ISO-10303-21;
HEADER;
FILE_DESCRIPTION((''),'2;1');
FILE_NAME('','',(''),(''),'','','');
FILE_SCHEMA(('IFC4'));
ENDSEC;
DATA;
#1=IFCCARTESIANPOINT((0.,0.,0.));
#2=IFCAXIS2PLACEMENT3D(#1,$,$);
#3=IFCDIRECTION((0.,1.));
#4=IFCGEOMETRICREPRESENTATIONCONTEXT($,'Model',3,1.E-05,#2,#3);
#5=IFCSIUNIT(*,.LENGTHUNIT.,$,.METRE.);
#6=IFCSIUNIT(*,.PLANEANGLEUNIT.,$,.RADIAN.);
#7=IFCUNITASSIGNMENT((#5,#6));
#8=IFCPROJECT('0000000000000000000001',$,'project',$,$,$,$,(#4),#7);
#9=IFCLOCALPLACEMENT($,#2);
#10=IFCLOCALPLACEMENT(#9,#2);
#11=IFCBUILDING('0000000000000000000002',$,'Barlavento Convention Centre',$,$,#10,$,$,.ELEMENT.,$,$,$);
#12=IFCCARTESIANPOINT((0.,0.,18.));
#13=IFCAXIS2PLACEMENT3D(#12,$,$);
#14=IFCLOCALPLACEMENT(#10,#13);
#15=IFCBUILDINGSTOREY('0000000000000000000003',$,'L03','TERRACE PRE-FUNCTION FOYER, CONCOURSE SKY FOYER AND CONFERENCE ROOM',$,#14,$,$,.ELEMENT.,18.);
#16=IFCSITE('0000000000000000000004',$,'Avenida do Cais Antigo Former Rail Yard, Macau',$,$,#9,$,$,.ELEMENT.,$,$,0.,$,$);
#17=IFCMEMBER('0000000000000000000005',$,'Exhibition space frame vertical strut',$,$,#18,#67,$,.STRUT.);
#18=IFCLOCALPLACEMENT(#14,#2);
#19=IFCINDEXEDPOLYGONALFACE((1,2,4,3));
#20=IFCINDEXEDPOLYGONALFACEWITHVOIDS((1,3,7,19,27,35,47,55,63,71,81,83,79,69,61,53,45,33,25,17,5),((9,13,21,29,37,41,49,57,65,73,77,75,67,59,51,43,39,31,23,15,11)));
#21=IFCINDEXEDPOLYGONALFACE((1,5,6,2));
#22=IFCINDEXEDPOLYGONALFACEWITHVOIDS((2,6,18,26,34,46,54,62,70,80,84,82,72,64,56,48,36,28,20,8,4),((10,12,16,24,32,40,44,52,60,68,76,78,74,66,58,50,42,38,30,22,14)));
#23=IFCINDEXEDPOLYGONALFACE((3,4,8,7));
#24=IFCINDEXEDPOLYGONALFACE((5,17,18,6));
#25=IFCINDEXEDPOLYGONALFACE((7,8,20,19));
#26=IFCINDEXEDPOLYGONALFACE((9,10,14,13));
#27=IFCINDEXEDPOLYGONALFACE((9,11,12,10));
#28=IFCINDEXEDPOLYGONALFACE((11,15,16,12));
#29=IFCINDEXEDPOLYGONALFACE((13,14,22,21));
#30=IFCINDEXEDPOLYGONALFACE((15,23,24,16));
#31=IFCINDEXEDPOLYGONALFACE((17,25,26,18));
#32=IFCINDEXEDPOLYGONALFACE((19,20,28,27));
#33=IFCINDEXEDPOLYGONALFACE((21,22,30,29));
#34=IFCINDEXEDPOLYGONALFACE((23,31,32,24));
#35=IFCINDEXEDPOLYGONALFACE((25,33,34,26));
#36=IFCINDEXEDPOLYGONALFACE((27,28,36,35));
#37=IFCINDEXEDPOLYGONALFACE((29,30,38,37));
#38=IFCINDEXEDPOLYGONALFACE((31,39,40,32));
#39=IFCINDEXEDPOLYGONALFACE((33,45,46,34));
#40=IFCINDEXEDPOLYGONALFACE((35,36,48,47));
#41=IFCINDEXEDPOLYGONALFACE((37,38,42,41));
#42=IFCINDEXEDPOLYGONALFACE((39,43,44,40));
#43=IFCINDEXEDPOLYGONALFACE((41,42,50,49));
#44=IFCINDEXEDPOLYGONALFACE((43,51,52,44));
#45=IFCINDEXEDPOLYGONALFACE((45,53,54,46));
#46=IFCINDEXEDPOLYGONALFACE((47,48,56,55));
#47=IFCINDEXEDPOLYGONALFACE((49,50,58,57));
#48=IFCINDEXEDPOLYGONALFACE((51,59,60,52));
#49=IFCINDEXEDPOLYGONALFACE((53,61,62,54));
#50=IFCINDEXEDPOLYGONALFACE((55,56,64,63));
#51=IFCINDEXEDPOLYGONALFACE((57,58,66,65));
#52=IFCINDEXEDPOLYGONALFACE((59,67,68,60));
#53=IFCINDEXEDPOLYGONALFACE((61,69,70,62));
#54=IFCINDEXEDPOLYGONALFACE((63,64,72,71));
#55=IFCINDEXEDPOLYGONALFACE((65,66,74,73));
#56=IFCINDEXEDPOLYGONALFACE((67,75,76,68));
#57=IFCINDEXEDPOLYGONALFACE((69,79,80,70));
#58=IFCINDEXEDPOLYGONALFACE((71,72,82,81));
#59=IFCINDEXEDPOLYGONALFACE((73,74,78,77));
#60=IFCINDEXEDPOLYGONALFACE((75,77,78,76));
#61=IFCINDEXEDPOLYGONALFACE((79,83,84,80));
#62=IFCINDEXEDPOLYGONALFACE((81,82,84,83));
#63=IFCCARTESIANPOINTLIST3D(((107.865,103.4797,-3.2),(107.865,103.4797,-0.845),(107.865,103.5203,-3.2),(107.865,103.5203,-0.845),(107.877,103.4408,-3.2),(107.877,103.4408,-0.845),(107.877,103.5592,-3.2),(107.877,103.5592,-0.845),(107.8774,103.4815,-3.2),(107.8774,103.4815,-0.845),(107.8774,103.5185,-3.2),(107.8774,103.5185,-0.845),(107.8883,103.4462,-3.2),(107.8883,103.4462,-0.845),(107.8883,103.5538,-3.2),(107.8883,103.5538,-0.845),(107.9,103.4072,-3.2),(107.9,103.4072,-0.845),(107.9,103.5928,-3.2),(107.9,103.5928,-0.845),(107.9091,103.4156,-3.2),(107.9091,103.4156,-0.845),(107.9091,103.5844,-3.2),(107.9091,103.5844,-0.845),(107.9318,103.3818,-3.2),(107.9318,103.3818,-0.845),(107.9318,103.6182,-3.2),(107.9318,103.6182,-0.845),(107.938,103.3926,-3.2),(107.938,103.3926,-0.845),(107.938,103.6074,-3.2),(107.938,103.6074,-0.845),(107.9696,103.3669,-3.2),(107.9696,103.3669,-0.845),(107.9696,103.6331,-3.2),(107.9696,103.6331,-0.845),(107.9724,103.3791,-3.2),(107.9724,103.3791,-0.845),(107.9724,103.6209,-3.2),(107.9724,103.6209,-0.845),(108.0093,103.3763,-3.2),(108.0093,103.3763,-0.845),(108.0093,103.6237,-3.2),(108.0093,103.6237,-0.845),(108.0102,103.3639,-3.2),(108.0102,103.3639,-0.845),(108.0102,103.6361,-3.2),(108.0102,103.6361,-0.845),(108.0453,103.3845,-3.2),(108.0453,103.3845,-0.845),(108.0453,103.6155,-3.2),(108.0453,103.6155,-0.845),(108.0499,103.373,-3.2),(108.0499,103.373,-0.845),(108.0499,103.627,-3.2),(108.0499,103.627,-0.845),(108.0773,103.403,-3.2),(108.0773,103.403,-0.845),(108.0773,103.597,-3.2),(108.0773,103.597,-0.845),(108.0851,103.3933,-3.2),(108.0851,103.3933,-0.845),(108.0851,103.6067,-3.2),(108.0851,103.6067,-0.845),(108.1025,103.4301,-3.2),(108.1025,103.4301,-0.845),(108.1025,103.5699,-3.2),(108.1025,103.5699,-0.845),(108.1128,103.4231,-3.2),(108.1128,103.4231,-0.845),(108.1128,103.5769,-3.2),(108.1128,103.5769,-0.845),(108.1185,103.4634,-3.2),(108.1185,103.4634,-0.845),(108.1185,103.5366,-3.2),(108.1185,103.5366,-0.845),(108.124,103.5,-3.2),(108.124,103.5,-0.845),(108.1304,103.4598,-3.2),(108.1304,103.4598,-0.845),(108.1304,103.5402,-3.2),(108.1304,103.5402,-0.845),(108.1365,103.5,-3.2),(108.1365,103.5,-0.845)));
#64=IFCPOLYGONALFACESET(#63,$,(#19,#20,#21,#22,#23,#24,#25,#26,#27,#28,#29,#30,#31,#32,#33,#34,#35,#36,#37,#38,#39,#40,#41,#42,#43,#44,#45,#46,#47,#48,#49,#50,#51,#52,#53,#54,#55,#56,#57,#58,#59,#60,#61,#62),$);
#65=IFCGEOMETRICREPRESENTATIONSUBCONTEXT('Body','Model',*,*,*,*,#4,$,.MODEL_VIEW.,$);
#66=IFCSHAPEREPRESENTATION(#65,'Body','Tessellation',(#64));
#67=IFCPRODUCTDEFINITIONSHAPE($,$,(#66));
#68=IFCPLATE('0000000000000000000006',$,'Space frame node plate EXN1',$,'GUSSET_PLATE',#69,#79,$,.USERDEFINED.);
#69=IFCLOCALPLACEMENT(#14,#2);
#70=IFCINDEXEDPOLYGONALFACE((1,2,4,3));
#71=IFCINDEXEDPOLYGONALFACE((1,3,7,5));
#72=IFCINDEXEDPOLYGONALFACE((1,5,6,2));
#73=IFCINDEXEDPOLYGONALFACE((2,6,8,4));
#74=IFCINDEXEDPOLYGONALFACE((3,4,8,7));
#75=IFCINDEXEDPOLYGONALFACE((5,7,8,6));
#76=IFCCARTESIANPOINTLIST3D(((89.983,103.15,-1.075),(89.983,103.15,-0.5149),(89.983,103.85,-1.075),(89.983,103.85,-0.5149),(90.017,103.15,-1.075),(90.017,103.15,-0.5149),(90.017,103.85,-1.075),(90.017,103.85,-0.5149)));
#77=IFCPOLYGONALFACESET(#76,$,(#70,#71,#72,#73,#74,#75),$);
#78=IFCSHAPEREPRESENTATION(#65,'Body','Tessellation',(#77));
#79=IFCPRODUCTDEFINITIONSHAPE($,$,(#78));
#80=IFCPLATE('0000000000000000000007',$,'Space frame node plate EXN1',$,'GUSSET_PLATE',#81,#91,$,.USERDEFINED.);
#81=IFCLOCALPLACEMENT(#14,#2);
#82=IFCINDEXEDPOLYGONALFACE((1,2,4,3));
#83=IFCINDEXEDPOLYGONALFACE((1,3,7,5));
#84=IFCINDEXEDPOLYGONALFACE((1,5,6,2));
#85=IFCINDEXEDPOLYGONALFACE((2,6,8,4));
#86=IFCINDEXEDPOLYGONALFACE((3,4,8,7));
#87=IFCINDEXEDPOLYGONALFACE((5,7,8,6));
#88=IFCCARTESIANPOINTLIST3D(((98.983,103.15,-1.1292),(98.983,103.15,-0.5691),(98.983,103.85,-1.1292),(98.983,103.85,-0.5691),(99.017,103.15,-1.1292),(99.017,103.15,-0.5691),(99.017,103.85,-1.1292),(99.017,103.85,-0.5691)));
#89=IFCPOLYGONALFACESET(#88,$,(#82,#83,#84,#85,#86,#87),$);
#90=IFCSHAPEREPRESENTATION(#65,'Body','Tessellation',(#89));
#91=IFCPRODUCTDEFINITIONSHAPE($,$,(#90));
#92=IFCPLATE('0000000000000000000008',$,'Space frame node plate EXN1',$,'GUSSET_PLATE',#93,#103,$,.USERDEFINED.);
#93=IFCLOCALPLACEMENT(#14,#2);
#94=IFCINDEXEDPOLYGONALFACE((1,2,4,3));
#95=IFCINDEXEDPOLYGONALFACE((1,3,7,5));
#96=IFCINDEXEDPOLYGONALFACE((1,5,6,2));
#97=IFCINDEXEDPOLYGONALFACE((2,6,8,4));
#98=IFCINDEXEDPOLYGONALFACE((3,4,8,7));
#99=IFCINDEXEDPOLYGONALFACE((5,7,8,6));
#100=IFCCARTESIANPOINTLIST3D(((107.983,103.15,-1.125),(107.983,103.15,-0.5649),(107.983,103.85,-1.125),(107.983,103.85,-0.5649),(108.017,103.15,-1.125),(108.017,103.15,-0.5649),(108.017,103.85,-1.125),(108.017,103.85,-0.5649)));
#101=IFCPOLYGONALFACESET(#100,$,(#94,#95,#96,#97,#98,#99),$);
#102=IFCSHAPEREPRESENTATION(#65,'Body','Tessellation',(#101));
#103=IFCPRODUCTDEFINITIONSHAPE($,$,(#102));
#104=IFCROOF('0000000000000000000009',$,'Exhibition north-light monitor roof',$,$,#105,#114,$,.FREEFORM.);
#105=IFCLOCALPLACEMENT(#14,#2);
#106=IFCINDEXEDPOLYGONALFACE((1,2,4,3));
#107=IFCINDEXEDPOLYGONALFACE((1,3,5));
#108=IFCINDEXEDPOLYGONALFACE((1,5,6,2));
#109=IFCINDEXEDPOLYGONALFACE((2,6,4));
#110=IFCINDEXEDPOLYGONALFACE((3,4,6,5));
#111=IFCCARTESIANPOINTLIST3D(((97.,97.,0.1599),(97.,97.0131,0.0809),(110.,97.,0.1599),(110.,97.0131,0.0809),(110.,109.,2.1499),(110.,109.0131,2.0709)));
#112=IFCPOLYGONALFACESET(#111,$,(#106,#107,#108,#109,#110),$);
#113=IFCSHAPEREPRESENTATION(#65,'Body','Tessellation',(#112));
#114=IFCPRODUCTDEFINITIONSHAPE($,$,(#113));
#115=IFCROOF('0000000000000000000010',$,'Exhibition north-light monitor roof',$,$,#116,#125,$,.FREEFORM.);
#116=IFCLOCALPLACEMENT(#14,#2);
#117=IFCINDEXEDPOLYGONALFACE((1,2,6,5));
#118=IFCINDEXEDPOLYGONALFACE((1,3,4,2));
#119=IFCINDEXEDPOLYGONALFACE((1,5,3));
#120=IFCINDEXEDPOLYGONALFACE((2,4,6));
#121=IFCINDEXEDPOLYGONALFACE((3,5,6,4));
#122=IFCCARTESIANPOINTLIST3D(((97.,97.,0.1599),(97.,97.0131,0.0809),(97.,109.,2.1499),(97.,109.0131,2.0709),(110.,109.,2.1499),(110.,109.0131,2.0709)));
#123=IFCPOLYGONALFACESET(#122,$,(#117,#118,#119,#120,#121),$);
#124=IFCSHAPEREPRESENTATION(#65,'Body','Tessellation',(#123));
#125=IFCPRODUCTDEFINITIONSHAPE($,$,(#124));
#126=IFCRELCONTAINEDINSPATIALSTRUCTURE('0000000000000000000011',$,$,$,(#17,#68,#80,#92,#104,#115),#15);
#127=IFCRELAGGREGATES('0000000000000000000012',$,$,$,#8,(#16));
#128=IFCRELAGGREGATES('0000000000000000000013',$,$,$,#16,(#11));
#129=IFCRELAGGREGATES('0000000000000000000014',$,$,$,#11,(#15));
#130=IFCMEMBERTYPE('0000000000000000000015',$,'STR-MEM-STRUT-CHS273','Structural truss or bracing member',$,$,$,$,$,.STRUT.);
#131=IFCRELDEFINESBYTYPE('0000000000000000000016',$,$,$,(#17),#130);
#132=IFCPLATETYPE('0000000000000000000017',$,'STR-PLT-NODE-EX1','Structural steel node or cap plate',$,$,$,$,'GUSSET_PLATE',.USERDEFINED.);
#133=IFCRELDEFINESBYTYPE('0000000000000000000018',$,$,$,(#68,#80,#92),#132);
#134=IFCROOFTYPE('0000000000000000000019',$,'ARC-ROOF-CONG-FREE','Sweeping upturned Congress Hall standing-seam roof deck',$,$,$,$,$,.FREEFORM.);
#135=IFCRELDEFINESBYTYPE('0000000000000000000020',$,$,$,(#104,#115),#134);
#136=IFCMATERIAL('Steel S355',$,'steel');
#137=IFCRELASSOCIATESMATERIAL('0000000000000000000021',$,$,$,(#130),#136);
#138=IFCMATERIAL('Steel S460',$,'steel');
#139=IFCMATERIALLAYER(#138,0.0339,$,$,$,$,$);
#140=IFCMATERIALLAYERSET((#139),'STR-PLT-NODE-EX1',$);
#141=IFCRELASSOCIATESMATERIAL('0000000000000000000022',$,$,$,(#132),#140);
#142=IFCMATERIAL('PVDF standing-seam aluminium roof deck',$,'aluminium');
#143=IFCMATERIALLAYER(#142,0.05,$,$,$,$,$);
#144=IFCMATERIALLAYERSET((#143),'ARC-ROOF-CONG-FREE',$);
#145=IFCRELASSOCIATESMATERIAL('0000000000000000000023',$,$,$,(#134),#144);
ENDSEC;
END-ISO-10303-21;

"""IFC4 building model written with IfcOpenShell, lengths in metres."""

from ifc_helpers import new_model, si_unit, direction, frame, origin, origin_2d, place, context, subcontext, project, spatial, polyline, rectangle, hollow_circle, outline, extrude, material, layer, layer_set, material_profile, profile_set, type_object, element, save


model = new_model("IFC4")

# Units and contexts
model_context = context("Model", 3, precision=1e-05, world=origin(), true_north=direction((0.0, 1.0)))
body_context = subcontext(model_context, "Body", "Model", "MODEL_VIEW")
ifc_project = project(units=[si_unit("LENGTHUNIT", "METRE"), si_unit("PLANEANGLEUNIT", "RADIAN")], contexts=[model_context])

# Site, building, storey
site_placement = place(None, origin())
site = spatial("IfcSite", under=ifc_project, at=site_placement, Name="Avenida do Cais Antigo Former Rail Yard, Macau", CompositionType="ELEMENT", RefElevation=0.0)
building_placement = place(site_placement, origin())
building = spatial("IfcBuilding", under=site, at=building_placement, Name="Barlavento Convention Centre", CompositionType="ELEMENT")
storey_placement = place(building_placement, frame((0.0, 0.0, 18.0)))
storey = spatial("IfcBuildingStorey", under=building, at=storey_placement, Name="L03", Description="TERRACE PRE-FUNCTION FOYER, CONCOURSE SKY FOYER AND CONFERENCE ROOM", CompositionType="ELEMENT", Elevation=18.0)

# Shared definitions
ifc_material_1 = material(Name="Steel S355", Category="steel")

# Member
ifc_material_profile_1 = material_profile(ifc_material_1, hollow_circle(Radius=0.1365, WallThickness=0.0125, at=origin_2d()), Name="CHS 273.0x12.5")
ifc_profile_set_1 = profile_set([ifc_material_profile_1], Name="Steel S355")
member_type_1 = type_object("IfcMemberType", Name="STR-MEM-STRUT-CHS273", Description="Structural truss or bracing member", PredefinedType="STRUT", material=ifc_profile_set_1)
member_1_placement = place(storey_placement, frame((108.0, 103.5, -3.2), z_axis=(0.0, 0.0, 1.0), x_axis=(1.0, 0.0, 0.0)))
element("IfcMember", 1, at=member_1_placement, inside=storey, type_object=member_type_1, Name="Exhibition space frame vertical strut", PredefinedType="STRUT", context=body_context, shape_type="SweptSolid", body=[
    extrude(hollow_circle(Radius=0.1365, WallThickness=0.0125, at=origin_2d()), origin(), (0.0, 0.0, 1.0), 2.355),
])

# Plates
ifc_material_2 = material(Name="Steel S460", Category="steel")
ifc_layer_1 = layer(ifc_material_2, 0.0339)
ifc_layer_set_1 = layer_set([ifc_layer_1], Name="STR-PLT-NODE-EX1")
plate_type = type_object("IfcPlateType", Name="STR-PLT-NODE-EX1", Description="Structural steel node or cap plate", ElementType="GUSSET_PLATE", PredefinedType="USERDEFINED", material=ifc_layer_set_1)
for number, where, z_axis, x_axis, name in (
    (2, (90.0, 103.5, -1.075), (0.0, 0.0, 1.0), (1.0, 0.0, 0.0), "Space frame node plate EXN1"),
    (3, (99.0, 103.5, -1.1292), (0.0, 0.0, 1.0), (1.0, 0.0, 0.0), "Space frame node plate EXN1"),
    (4, (108.0, 103.5, -1.125), (0.0, 0.0, 1.0), (1.0, 0.0, 0.0), "Space frame node plate EXN1"),
):
    element("IfcPlate", number, at=place(storey_placement, frame(where, z_axis=z_axis, x_axis=x_axis)), inside=storey, type_object=plate_type, Name=name, ObjectType="GUSSET_PLATE", PredefinedType="USERDEFINED", context=body_context, shape_type="SweptSolid", body=[
        extrude(rectangle(XDim=0.0339, YDim=0.7, at=origin_2d()), origin(), (0.0, 0.0, 1.0), 0.5601),
    ])

# Roofs
ifc_material_3 = material(Name="PVDF standing-seam aluminium roof deck", Category="aluminium")
ifc_layer_2 = layer(ifc_material_3, 0.05)
ifc_layer_set_2 = layer_set([ifc_layer_2], Name="ARC-ROOF-CONG-FREE")
roof_type = type_object("IfcRoofType", Name="ARC-ROOF-CONG-FREE", Description="Sweeping upturned Congress Hall standing-seam roof deck", PredefinedType="FREEFORM", material=ifc_layer_set_2)
roof_1_placement = place(storey_placement, frame((97.0, 97.0, 0.1599), z_axis=(0.0, -0.163598, 0.986527), x_axis=(1.0, 0.0, 0.0)))
element("IfcRoof", 5, at=roof_1_placement, inside=storey, type_object=roof_type, Name="Exhibition north-light monitor roof", PredefinedType="FREEFORM", context=body_context, shape_type="SweptSolid", body=[
    extrude(outline(polyline([(0.0, 0.0), (13.0, 0.0), (13.0, 12.1639), (0.0, 0.0)])), origin(), (0.0, 0.0, -1.0), 0.0801),
])
roof_2_placement = place(storey_placement, frame((97.0, 97.0, 0.1599), z_axis=(0.0, -0.163598, 0.986527), x_axis=(0.730199, 0.67403, 0.111776)))
element("IfcRoof", 6, at=roof_2_placement, inside=storey, type_object=roof_type, Name="Exhibition north-light monitor roof", PredefinedType="FREEFORM", context=body_context, shape_type="SweptSolid", body=[
    extrude(outline(polyline([(0.0, 0.0), (17.8034, 0.0), (8.3108, 8.8821), (0.0, 0.0)])), origin(), (0.0, 0.0, -1.0), 0.0801),
])

save(model, "model.ifc")
